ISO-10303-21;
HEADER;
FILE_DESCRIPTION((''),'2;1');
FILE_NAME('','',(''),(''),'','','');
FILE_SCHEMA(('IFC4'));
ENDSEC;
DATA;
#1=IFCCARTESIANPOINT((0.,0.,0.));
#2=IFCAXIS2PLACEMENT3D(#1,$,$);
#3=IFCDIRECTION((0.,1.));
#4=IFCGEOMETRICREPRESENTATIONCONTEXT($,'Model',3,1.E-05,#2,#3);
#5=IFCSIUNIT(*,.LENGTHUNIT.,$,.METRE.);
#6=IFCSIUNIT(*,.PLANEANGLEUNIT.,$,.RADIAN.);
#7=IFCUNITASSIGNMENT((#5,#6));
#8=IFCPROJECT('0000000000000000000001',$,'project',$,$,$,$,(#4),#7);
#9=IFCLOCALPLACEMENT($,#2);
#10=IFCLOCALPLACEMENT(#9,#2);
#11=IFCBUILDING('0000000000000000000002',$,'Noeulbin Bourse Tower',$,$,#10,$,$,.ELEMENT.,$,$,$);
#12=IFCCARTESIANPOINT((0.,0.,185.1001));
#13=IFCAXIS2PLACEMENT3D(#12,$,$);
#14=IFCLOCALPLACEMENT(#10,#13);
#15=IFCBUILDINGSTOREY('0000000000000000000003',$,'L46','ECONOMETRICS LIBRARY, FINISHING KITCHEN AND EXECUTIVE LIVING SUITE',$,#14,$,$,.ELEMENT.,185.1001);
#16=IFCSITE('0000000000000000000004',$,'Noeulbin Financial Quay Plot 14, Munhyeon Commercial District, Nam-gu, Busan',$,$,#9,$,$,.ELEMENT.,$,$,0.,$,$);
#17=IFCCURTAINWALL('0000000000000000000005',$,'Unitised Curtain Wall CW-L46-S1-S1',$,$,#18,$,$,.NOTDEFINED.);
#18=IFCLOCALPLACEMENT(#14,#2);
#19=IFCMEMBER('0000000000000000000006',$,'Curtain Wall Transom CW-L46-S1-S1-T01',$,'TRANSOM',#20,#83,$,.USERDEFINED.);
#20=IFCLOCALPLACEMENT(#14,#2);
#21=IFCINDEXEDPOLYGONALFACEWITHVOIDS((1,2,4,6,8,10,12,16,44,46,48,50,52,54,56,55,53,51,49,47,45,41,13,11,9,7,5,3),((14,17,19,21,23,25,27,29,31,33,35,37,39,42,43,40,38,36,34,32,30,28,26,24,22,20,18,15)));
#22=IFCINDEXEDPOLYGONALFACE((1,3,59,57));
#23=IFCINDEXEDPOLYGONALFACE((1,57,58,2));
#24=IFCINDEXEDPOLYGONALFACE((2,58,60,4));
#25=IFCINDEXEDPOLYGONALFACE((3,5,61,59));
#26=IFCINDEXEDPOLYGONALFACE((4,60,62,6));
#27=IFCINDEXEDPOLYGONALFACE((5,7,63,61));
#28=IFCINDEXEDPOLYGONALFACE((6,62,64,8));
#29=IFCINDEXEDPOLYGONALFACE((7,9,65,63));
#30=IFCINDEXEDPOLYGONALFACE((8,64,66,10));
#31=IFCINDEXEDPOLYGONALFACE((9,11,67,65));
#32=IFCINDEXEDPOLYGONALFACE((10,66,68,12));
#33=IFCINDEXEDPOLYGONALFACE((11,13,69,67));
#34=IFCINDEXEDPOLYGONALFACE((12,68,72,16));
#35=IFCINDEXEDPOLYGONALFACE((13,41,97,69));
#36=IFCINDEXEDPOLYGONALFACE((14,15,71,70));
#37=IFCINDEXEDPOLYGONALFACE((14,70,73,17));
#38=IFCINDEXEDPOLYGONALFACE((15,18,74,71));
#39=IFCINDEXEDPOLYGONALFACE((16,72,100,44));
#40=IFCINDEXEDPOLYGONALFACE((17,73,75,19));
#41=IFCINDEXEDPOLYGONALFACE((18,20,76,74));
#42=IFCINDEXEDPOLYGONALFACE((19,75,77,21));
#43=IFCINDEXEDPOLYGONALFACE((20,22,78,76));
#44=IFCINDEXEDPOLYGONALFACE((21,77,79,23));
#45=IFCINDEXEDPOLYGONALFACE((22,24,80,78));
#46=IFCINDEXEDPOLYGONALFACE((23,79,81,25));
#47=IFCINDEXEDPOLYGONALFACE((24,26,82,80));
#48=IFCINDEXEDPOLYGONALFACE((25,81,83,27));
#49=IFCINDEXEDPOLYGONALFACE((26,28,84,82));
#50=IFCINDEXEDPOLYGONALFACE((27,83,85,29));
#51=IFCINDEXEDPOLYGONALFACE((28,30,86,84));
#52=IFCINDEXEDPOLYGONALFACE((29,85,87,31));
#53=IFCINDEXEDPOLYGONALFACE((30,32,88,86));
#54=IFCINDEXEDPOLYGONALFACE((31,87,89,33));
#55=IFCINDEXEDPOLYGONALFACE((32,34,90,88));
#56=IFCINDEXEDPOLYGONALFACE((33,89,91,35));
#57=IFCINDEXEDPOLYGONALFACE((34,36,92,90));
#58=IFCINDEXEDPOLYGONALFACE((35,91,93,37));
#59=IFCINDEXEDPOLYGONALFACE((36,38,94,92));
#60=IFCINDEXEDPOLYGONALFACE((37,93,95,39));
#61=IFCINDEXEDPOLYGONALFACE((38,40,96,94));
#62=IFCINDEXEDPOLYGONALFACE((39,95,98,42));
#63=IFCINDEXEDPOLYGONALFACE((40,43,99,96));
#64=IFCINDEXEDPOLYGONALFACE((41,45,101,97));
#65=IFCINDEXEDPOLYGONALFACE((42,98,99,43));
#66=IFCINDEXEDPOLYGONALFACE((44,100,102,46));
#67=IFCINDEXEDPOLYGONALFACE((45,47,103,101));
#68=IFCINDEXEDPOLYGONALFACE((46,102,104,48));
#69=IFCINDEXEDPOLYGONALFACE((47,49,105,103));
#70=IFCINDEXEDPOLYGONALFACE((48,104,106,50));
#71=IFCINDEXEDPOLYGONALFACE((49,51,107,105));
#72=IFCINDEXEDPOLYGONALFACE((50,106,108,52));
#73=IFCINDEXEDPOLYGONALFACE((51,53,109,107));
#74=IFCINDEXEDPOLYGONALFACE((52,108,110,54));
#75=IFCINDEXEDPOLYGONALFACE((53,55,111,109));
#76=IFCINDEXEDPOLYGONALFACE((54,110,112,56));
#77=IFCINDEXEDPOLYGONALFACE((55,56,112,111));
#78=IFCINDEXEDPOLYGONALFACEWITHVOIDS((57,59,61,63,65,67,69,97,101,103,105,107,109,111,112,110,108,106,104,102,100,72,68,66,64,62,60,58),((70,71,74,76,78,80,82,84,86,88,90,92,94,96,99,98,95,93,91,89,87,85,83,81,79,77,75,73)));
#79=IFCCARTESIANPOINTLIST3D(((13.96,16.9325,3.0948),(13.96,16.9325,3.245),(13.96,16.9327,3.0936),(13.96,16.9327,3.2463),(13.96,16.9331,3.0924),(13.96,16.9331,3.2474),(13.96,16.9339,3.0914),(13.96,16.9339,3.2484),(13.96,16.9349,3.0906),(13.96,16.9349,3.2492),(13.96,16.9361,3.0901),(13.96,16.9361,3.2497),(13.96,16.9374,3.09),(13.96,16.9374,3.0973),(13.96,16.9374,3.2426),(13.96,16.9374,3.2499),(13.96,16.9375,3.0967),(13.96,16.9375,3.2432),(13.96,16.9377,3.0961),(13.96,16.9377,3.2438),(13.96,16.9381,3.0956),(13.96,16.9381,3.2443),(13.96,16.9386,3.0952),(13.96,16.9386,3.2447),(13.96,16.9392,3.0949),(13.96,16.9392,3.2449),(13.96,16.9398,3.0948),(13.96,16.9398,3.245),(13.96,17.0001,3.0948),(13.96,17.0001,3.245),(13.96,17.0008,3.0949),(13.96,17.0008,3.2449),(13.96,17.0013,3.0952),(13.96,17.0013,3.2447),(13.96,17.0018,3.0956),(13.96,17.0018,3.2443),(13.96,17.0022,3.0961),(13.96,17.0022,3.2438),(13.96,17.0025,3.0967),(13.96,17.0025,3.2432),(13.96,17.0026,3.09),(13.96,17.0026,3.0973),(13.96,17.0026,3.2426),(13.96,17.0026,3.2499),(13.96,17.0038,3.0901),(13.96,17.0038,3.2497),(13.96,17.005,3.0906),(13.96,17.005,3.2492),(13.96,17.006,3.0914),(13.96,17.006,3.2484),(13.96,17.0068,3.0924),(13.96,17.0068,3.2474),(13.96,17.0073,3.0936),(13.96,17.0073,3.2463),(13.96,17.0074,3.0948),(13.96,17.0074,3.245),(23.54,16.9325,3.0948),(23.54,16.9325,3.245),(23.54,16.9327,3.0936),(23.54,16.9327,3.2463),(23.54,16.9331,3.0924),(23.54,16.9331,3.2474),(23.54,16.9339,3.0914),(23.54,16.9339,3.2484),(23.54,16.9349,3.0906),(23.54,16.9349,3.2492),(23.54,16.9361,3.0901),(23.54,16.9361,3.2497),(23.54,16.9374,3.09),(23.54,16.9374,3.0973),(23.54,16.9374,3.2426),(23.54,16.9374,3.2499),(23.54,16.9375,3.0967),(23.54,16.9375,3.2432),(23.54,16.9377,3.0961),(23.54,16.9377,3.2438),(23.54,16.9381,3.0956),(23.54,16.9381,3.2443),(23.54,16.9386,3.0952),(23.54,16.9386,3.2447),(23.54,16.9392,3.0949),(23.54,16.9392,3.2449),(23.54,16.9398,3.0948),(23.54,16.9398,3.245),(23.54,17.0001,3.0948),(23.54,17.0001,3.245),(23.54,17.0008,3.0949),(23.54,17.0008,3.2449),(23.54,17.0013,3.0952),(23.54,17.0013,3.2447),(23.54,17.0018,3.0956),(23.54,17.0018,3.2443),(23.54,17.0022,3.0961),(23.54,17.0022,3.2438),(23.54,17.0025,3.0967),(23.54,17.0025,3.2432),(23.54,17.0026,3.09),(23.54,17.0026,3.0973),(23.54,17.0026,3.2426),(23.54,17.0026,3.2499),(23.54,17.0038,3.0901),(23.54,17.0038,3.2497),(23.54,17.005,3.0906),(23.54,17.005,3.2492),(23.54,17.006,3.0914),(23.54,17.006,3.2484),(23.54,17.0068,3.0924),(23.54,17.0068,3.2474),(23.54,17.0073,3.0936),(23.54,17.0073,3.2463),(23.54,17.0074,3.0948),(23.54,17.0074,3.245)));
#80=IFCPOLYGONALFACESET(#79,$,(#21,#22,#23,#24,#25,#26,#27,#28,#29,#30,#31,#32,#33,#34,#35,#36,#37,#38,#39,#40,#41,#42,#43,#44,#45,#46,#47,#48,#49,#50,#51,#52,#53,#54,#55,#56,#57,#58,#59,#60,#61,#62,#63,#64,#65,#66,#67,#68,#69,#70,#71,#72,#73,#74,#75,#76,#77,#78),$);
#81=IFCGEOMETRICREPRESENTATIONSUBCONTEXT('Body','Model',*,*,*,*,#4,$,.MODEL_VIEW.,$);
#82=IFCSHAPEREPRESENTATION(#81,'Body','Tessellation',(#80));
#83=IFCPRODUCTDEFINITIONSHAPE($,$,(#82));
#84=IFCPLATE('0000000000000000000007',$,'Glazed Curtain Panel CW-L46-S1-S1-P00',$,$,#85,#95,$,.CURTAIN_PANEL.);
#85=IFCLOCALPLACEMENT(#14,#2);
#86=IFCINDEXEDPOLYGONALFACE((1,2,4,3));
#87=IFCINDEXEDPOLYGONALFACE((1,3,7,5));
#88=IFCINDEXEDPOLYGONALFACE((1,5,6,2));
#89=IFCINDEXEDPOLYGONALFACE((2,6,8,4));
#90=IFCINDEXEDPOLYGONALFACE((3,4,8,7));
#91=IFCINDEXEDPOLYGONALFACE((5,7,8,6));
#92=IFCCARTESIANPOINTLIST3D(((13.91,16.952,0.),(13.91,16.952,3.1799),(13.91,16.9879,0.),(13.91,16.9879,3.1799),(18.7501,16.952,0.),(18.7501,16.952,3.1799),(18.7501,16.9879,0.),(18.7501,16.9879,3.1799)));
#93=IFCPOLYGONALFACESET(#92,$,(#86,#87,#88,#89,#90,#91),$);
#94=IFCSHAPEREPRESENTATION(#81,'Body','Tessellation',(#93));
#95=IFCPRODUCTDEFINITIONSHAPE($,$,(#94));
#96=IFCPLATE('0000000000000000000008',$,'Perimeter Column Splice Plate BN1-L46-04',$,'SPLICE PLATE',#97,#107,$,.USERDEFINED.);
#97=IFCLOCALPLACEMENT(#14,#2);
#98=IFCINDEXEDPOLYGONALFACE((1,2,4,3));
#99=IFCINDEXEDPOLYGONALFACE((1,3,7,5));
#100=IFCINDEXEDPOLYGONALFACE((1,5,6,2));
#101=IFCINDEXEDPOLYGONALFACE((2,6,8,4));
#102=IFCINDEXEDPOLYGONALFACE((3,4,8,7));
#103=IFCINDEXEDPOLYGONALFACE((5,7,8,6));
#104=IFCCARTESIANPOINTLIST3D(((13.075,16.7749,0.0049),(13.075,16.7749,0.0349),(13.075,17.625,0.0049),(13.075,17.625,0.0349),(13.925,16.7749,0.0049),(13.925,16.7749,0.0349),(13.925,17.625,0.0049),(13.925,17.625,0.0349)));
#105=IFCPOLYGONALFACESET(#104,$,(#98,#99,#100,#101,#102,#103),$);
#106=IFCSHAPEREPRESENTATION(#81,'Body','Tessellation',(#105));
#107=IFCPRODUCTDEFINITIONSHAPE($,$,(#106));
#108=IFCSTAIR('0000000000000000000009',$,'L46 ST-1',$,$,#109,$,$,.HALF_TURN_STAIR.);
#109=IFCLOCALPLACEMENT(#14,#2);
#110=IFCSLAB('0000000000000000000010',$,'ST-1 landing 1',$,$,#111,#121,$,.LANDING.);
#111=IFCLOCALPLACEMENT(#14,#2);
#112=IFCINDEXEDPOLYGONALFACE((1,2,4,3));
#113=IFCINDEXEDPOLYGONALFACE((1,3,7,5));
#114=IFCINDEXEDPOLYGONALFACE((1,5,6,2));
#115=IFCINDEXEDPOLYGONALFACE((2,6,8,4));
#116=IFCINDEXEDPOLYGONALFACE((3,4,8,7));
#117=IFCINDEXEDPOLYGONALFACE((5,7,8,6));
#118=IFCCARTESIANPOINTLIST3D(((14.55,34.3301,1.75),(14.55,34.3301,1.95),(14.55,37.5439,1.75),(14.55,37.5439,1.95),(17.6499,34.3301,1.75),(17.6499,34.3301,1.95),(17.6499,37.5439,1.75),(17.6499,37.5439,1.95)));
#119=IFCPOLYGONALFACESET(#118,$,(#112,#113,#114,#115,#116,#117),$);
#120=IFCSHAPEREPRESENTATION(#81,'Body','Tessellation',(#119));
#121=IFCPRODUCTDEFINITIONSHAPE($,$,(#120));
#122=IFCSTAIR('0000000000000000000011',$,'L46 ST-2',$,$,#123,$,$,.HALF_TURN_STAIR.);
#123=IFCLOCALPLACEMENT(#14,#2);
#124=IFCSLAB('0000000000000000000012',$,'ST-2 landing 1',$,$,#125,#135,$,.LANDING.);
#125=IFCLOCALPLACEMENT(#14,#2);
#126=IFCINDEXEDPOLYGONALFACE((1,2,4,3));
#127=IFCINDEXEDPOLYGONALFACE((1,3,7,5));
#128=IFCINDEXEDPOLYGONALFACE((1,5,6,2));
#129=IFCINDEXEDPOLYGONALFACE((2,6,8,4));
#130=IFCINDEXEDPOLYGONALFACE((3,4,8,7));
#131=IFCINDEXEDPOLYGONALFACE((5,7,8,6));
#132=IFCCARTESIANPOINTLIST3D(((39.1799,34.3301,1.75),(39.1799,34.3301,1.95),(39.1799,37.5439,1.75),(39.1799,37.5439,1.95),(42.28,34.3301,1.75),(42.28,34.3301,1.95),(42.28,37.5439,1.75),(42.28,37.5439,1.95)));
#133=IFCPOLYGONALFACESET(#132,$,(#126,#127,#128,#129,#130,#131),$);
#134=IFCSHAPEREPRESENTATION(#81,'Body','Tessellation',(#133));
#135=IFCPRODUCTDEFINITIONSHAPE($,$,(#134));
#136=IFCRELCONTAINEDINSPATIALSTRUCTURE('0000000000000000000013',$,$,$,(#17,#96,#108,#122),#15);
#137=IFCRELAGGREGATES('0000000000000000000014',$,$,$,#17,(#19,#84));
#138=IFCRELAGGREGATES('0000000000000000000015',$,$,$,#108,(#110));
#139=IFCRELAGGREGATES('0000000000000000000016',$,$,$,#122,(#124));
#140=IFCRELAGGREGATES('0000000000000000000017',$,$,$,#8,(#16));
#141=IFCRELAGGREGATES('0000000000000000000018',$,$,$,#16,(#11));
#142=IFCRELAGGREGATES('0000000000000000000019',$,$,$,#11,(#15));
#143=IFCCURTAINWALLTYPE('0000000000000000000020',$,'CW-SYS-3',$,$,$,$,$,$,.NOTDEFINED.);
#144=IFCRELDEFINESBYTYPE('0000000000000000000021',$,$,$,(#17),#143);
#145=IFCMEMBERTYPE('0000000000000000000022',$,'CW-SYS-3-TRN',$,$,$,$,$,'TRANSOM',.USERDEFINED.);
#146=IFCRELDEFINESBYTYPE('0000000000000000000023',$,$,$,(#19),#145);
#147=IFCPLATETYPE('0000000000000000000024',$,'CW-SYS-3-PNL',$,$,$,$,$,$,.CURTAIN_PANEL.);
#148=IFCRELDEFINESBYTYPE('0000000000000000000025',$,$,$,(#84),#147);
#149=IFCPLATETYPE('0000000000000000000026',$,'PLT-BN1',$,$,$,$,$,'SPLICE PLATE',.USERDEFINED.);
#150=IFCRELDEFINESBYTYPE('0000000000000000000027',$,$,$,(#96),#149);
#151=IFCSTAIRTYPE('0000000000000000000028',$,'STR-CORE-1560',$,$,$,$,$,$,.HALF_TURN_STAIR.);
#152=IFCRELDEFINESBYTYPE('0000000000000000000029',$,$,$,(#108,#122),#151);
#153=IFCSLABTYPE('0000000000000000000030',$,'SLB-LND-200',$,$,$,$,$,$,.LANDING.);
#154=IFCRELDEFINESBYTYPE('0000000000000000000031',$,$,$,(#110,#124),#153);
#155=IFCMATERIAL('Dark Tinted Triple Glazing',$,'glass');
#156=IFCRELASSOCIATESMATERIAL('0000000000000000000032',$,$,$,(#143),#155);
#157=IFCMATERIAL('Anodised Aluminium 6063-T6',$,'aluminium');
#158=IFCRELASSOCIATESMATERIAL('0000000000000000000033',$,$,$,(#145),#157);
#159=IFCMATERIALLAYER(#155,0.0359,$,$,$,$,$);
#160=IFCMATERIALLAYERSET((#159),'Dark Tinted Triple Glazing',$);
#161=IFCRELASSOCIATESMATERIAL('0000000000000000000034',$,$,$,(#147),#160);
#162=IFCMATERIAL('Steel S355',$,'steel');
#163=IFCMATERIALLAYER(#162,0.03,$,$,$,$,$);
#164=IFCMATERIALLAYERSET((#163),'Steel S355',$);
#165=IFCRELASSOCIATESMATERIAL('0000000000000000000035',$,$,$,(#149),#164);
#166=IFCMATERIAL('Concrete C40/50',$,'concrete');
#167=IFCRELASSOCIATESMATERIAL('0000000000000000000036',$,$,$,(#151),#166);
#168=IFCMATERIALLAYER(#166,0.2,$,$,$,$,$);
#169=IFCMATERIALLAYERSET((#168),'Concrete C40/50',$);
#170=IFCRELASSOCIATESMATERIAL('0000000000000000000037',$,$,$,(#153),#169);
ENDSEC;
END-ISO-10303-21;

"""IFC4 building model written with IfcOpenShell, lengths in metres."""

from ifc_helpers import new_model, si_unit, direction, frame, origin, origin_2d, place, context, subcontext, project, spatial, polyline, rectangle, hollow_rectangle, outline, extrude, material, layer, layer_set, material_profile, profile_set, type_object, element, aggregate, save


model = new_model("IFC4")

# Units and contexts
model_context = context("Model", 3, precision=1e-05, world=origin(), true_north=direction((0.0, 1.0)))
body_context = subcontext(model_context, "Body", "Model", "MODEL_VIEW")
ifc_project = project(units=[si_unit("LENGTHUNIT", "METRE"), si_unit("PLANEANGLEUNIT", "RADIAN")], contexts=[model_context])

# Site, building, storey
site_placement = place(None, origin())
site = spatial("IfcSite", under=ifc_project, at=site_placement, Name="Noeulbin Financial Quay Plot 14, Munhyeon Commercial District, Nam-gu, Busan", CompositionType="ELEMENT", RefElevation=0.0)
building_placement = place(site_placement, origin())
building = spatial("IfcBuilding", under=site, at=building_placement, Name="Noeulbin Bourse Tower", CompositionType="ELEMENT")
storey_placement = place(building_placement, frame((0.0, 0.0, 185.1001)))
storey = spatial("IfcBuildingStorey", under=building, at=storey_placement, Name="L46", Description="ECONOMETRICS LIBRARY, FINISHING KITCHEN AND EXECUTIVE LIVING SUITE", CompositionType="ELEMENT", Elevation=185.1001)

# Shared definitions
ifc_material_1 = material(Name="Steel S355", Category="steel")

# Curtain wall, member, plate
ifc_material_2 = material(Name="Dark Tinted Triple Glazing", Category="glass")
curtain_wall_type = type_object("IfcCurtainWallType", Name="CW-SYS-3", PredefinedType="NOTDEFINED", material=ifc_material_2)
curtain_wall_placement = place(storey_placement, origin())
curtain_wall = element("IfcCurtainWall", 1, at=curtain_wall_placement, inside=storey, type_object=curtain_wall_type, Name="Unitised Curtain Wall CW-L46-S1-S1", PredefinedType="NOTDEFINED")
ifc_material_3 = material(Name="Anodised Aluminium 6063-T6", Category="aluminium")
ifc_material_profile_1 = material_profile(ifc_material_3, hollow_rectangle(XDim=0.075, YDim=0.1599, WallThickness=0.0049, InnerFilletRadius=0.0024, OuterFilletRadius=0.0049, at=origin_2d()), Name="ALU-TRAN-75x160x5", Category="LoadBearing")
ifc_profile_set_1 = profile_set([ifc_material_profile_1], Name="Anodised Aluminium 6063-T6")
member_type_1 = type_object("IfcMemberType", Name="CW-SYS-3-TRN", ElementType="TRANSOM", PredefinedType="USERDEFINED", material=ifc_profile_set_1)
member_1_placement = place(storey_placement, frame((13.96, 16.97, 3.1699), z_axis=(1.0, 0.0, 0.0), x_axis=(0.0, 1.0, 0.0)))
member_1 = element("IfcMember", 2, at=member_1_placement, type_object=member_type_1, Name="Curtain Wall Transom CW-L46-S1-S1-T01", ObjectType="TRANSOM", PredefinedType="USERDEFINED", context=body_context, shape_type="SweptSolid", body=[
    extrude(hollow_rectangle(XDim=0.075, YDim=0.1599, WallThickness=0.0049, InnerFilletRadius=0.0024, OuterFilletRadius=0.0049, at=origin_2d()), origin(), (0.0, 0.0, 1.0), 9.5801),
])
ifc_layer_1 = layer(ifc_material_2, 0.0359)
ifc_layer_set_1 = layer_set([ifc_layer_1], Name="Dark Tinted Triple Glazing")
plate_type_1 = type_object("IfcPlateType", Name="CW-SYS-3-PNL", PredefinedType="CURTAIN_PANEL", material=ifc_layer_set_1)
plate_1_placement = place(storey_placement, frame((16.3301, 16.97, 0.0), z_axis=(0.0, 0.0, 1.0), x_axis=(1.0, 0.0, 0.0)))
plate_1 = element("IfcPlate", 3, at=plate_1_placement, type_object=plate_type_1, Name="Glazed Curtain Panel CW-L46-S1-S1-P00", PredefinedType="CURTAIN_PANEL", context=body_context, shape_type="SweptSolid", body=[
    extrude(rectangle(XDim=4.8401, YDim=0.0359, at=origin_2d()), origin(), (0.0, 0.0, 1.0), 3.1799),
])
aggregate(curtain_wall, [member_1, plate_1])

# Plate
ifc_layer_2 = layer(ifc_material_1, 0.03)
ifc_layer_set_2 = layer_set([ifc_layer_2], Name="Steel S355")
plate_type_2 = type_object("IfcPlateType", Name="PLT-BN1", ElementType="SPLICE PLATE", PredefinedType="USERDEFINED", material=ifc_layer_set_2)
plate_2_placement = place(storey_placement, frame((13.5, 17.2, 0.0049), z_axis=(0.0, 0.0, 1.0), x_axis=(1.0, 0.0, 0.0)))
element("IfcPlate", 4, at=plate_2_placement, inside=storey, type_object=plate_type_2, Name="Perimeter Column Splice Plate BN1-L46-04", ObjectType="SPLICE PLATE", PredefinedType="USERDEFINED", context=body_context, shape_type="SweptSolid", body=[
    extrude(rectangle(XDim=0.8501, YDim=0.8501, at=origin_2d()), origin(), (0.0, 0.0, 1.0), 0.03),
])

# Stairs, slabs
ifc_material_4 = material(Name="Concrete C40/50", Category="concrete")
stair_type = type_object("IfcStairType", Name="STR-CORE-1560", PredefinedType="HALF_TURN_STAIR", material=ifc_material_4)
stair_1_placement = place(storey_placement, origin())
stair_1 = element("IfcStair", 5, at=stair_1_placement, inside=storey, type_object=stair_type, Name="L46 ST-1", PredefinedType="HALF_TURN_STAIR")
ifc_layer_3 = layer(ifc_material_4, 0.2)
ifc_layer_set_3 = layer_set([ifc_layer_3], Name="Concrete C40/50")
slab_type_1 = type_object("IfcSlabType", Name="SLB-LND-200", PredefinedType="LANDING", material=ifc_layer_set_3)
slab_1_placement = place(storey_placement, frame((0.0, 0.0, 1.75)))
slab_1 = element("IfcSlab", 6, at=slab_1_placement, type_object=slab_type_1, Name="ST-1 landing 1", PredefinedType="LANDING", context=body_context, shape_type="SweptSolid", body=[
    extrude(outline(polyline([(17.6499, 34.3301), (17.6499, 37.5439), (14.55, 37.5439), (14.55, 34.3301), (17.6499, 34.3301)])), origin(), (0.0, 0.0, 1.0), 0.2),
])
aggregate(stair_1, [slab_1])
stair_2_placement = place(storey_placement, origin())
stair_2 = element("IfcStair", 7, at=stair_2_placement, inside=storey, type_object=stair_type, Name="L46 ST-2", PredefinedType="HALF_TURN_STAIR")
slab_2_placement = place(storey_placement, frame((0.0, 0.0, 1.75)))
slab_2 = element("IfcSlab", 8, at=slab_2_placement, type_object=slab_type_1, Name="ST-2 landing 1", PredefinedType="LANDING", context=body_context, shape_type="SweptSolid", body=[
    extrude(outline(polyline([(42.28, 34.3301), (42.28, 37.5439), (39.1799, 37.5439), (39.1799, 34.3301), (42.28, 34.3301)])), origin(), (0.0, 0.0, 1.0), 0.2),
])
aggregate(stair_2, [slab_2])

save(model, "model.ifc")
